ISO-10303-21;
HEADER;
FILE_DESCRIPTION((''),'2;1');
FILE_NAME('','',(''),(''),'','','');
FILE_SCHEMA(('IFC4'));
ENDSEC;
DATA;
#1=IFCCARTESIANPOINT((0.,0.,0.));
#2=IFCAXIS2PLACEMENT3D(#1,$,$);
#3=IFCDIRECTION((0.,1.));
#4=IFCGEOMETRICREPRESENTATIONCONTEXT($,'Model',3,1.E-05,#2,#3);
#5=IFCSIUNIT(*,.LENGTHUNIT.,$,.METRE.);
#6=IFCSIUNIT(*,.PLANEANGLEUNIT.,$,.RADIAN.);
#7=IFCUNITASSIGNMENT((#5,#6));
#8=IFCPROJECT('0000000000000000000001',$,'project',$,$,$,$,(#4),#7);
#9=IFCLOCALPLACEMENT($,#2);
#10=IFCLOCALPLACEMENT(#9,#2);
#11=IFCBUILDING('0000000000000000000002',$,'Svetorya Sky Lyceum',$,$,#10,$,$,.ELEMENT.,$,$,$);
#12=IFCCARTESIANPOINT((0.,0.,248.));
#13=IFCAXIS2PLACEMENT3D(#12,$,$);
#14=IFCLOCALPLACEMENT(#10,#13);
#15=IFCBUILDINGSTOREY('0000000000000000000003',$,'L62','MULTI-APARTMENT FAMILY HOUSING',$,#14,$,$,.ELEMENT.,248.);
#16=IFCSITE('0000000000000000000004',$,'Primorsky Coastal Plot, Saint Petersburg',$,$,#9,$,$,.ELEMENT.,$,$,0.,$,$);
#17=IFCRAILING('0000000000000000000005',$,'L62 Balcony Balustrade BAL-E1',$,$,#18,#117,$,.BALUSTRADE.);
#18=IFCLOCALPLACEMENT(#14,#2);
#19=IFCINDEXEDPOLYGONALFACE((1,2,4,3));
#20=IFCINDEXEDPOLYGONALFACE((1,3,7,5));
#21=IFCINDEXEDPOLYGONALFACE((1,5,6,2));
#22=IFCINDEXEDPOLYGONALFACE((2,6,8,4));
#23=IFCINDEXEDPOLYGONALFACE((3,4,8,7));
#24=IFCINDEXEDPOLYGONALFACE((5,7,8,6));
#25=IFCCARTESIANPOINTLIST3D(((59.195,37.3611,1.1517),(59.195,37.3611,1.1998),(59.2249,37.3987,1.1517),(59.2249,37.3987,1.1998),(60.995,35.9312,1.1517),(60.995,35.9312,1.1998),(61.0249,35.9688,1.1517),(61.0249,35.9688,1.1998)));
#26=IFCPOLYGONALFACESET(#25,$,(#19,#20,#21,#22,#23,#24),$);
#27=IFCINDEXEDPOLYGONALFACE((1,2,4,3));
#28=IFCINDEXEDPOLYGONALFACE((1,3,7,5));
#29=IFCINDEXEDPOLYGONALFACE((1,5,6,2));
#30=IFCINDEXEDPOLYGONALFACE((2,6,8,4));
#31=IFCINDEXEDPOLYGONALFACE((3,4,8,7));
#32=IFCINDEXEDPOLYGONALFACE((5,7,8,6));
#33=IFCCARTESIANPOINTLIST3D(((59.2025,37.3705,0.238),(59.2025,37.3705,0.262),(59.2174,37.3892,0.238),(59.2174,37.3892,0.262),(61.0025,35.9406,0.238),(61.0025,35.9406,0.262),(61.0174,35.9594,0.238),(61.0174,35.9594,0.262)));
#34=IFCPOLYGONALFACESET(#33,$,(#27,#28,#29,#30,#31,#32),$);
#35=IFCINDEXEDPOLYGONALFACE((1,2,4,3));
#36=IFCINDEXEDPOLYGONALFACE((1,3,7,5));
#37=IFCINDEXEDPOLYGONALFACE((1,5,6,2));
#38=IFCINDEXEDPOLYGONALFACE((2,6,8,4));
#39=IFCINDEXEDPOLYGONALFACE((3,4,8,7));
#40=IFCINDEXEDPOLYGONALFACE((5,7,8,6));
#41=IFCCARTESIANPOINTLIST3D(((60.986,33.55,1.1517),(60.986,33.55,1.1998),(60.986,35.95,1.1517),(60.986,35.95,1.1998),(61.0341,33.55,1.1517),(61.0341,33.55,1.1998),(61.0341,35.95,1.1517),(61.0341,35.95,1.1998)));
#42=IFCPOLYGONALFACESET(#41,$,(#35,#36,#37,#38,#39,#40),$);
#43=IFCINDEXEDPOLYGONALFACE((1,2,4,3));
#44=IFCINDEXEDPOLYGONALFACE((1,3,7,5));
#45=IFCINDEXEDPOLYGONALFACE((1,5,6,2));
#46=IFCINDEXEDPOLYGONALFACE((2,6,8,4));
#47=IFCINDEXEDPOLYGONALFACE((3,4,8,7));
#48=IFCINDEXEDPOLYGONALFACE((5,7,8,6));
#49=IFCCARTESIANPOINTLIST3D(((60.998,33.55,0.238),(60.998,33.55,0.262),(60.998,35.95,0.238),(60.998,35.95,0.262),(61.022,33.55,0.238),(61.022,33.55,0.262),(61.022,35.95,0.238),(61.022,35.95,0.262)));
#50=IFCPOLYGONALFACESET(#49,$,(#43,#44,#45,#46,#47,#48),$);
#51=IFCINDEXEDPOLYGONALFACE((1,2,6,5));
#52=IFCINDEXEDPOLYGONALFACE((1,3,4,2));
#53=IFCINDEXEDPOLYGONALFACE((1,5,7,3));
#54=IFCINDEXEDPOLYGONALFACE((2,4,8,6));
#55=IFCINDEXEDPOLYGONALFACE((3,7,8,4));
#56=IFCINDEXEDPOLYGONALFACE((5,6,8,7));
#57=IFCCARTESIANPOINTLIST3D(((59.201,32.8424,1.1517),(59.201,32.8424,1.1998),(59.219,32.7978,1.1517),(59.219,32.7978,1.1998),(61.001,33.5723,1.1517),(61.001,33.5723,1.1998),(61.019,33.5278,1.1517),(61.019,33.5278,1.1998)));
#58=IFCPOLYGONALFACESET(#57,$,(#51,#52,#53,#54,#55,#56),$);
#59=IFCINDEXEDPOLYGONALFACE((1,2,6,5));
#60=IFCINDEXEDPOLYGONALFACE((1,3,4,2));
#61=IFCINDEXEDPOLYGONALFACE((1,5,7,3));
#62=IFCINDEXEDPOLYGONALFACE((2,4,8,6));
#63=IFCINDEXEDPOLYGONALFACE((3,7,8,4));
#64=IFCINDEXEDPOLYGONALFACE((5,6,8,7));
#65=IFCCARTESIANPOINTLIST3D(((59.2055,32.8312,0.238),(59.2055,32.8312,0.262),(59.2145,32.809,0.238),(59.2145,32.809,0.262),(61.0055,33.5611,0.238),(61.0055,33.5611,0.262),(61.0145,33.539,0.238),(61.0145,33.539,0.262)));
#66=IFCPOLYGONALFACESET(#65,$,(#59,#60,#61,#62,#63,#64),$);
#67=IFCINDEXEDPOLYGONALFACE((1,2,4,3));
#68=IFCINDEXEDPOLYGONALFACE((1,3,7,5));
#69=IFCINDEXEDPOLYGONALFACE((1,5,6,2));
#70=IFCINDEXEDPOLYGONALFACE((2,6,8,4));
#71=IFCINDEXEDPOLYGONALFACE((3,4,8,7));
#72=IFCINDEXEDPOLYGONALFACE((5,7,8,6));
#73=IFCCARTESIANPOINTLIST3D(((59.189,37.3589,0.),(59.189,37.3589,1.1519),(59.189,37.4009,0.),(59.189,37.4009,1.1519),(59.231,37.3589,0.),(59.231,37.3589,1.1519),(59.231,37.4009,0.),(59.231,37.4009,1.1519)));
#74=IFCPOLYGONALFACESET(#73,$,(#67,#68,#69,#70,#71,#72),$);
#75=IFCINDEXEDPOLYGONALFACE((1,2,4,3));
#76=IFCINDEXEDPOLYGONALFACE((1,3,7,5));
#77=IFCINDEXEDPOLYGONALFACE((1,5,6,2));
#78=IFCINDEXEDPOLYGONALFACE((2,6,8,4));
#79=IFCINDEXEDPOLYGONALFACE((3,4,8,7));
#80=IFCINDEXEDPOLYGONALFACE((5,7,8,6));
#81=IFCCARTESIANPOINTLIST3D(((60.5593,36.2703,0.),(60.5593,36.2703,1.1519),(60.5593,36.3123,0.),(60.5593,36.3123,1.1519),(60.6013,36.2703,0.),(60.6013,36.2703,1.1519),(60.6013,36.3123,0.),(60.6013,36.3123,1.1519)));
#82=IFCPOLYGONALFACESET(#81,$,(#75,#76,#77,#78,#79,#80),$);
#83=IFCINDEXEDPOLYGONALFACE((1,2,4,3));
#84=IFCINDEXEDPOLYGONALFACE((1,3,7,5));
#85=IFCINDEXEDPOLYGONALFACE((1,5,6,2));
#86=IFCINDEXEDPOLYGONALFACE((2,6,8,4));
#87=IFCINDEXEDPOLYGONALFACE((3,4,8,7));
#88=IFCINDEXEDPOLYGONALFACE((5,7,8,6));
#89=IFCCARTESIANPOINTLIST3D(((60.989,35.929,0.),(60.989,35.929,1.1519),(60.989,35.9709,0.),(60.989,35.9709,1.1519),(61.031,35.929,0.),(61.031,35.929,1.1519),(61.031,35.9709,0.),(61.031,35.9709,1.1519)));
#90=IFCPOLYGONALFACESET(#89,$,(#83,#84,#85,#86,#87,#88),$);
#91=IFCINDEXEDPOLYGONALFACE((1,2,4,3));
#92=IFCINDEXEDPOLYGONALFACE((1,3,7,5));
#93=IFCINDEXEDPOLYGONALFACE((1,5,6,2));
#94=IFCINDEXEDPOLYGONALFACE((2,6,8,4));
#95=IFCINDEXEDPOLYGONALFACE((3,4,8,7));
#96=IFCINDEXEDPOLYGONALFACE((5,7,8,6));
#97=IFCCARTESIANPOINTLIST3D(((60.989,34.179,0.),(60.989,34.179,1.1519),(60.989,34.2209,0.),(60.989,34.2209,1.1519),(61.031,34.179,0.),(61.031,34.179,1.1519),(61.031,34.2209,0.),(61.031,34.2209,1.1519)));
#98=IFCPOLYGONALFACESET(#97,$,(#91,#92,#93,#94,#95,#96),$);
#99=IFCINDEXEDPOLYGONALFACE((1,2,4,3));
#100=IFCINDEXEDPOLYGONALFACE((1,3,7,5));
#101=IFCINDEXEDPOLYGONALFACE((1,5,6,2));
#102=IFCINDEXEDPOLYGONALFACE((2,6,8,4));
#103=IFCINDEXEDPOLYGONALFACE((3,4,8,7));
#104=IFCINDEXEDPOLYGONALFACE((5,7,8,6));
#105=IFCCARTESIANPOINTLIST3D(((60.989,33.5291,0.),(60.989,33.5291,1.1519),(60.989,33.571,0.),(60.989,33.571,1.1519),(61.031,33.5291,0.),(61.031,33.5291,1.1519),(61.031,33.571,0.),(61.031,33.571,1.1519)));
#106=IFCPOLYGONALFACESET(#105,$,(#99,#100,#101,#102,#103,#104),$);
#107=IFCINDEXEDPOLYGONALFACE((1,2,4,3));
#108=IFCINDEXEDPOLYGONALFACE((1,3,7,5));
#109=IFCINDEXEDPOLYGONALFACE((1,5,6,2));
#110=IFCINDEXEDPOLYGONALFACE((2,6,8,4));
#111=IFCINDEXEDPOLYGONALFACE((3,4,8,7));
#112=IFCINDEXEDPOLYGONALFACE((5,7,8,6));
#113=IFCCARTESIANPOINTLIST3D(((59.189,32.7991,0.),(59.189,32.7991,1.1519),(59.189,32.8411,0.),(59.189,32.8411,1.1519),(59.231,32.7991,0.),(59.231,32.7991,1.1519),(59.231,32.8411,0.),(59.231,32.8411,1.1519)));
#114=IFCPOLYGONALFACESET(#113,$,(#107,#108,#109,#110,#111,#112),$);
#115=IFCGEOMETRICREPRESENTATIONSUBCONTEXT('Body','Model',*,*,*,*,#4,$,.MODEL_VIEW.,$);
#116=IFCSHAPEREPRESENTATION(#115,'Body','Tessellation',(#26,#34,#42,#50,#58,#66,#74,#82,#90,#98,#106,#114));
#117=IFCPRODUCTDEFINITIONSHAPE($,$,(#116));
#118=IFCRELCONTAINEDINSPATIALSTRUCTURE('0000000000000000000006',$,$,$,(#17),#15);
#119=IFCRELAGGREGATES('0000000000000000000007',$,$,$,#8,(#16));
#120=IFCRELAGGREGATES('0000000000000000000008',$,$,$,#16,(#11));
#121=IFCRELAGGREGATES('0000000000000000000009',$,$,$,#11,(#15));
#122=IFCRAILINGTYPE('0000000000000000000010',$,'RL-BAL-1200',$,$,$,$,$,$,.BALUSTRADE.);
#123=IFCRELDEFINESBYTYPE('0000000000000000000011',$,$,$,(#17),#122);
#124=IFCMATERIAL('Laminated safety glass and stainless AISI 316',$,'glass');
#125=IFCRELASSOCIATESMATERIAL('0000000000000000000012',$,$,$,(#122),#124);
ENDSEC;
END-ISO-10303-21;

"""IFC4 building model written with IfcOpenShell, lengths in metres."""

from ifc_helpers import new_model, si_unit, direction, frame, origin, origin_2d, place, context, subcontext, project, spatial, rectangle, extrude, material, type_object, element, save


model = new_model("IFC4")

# Units and contexts
model_context = context("Model", 3, precision=1e-05, world=origin(), true_north=direction((0.0, 1.0)))
body_context = subcontext(model_context, "Body", "Model", "MODEL_VIEW")
ifc_project = project(units=[si_unit("LENGTHUNIT", "METRE"), si_unit("PLANEANGLEUNIT", "RADIAN")], contexts=[model_context])

# Site, building, storey
site_placement = place(None, origin())
site = spatial("IfcSite", under=ifc_project, at=site_placement, Name="Primorsky Coastal Plot, Saint Petersburg", CompositionType="ELEMENT", RefElevation=0.0)
building_placement = place(site_placement, origin())
building = spatial("IfcBuilding", under=site, at=building_placement, Name="Svetorya Sky Lyceum", CompositionType="ELEMENT")
storey_placement = place(building_placement, frame((0.0, 0.0, 248.0)))
storey = spatial("IfcBuildingStorey", under=building, at=storey_placement, Name="L62", Description="MULTI-APARTMENT FAMILY HOUSING", CompositionType="ELEMENT", Elevation=248.0)

# Railing
ifc_material_1 = material(Name="Laminated safety glass and stainless AISI 316", Category="glass")
railing_type = type_object("IfcRailingType", Name="RL-BAL-1200", PredefinedType="BALUSTRADE", material=ifc_material_1)
railing_placement = place(storey_placement, frame((59.21, 37.3799, 0.0)))
element("IfcRailing", 1, at=railing_placement, inside=storey, type_object=railing_type, Name="L62 Balcony Balustrade BAL-E1", PredefinedType="BALUSTRADE", context=body_context, shape_type="SweptSolid", body=[
    extrude(rectangle(XDim=0.0481, YDim=0.0481, at=origin_2d()), frame((0.0, 0.0, 1.1758), z_axis=(0.783009, -0.62201, 0.0), x_axis=(0.62201, 0.783009, 0.0)), (0.0, 0.0, 1.0), 2.2988),
    extrude(rectangle(XDim=0.0239, YDim=0.0239, at=origin_2d()), frame((0.0, 0.0, 0.25), z_axis=(0.783009, -0.62201, 0.0), x_axis=(0.62201, 0.783009, 0.0)), (0.0, 0.0, 1.0), 2.2988),
    extrude(rectangle(XDim=0.0481, YDim=0.0481, at=origin_2d()), frame((1.8, -1.4299, 1.1758), z_axis=(0.0, -1.0, 0.0), x_axis=(1.0, 0.0, 0.0)), (0.0, 0.0, 1.0), 2.3999),
    extrude(rectangle(XDim=0.0239, YDim=0.0239, at=origin_2d()), frame((1.8, -1.4299, 0.25), z_axis=(0.0, -1.0, 0.0), x_axis=(1.0, 0.0, 0.0)), (0.0, 0.0, 1.0), 2.3999),
    extrude(rectangle(XDim=0.0481, YDim=0.0481, at=origin_2d()), frame((1.8, -3.8298, 1.1758), z_axis=(-0.926698, -0.375807, 0.0), x_axis=(0.375807, -0.926698, 0.0)), (0.0, 0.0, 1.0), 1.9424),
    extrude(rectangle(XDim=0.0239, YDim=0.0239, at=origin_2d()), frame((1.8, -3.8298, 0.25), z_axis=(-0.926698, -0.375807, 0.0), x_axis=(0.375807, -0.926698, 0.0)), (0.0, 0.0, 1.0), 1.9424),
    extrude(rectangle(XDim=0.042, YDim=0.042, at=origin_2d()), origin(), (0.0, 0.0, 1.0), 1.1519),
    extrude(rectangle(XDim=0.042, YDim=0.042, at=origin_2d()), frame((1.3704, -1.0886, 0.0)), (0.0, 0.0, 1.0), 1.1519),
    extrude(rectangle(XDim=0.042, YDim=0.042, at=origin_2d()), frame((1.8, -1.4299, 0.0)), (0.0, 0.0, 1.0), 1.1519),
    extrude(rectangle(XDim=0.042, YDim=0.042, at=origin_2d()), frame((1.8, -3.1799, 0.0)), (0.0, 0.0, 1.0), 1.1519),
    extrude(rectangle(XDim=0.042, YDim=0.042, at=origin_2d()), frame((1.8, -3.8298, 0.0)), (0.0, 0.0, 1.0), 1.1519),
    extrude(rectangle(XDim=0.042, YDim=0.042, at=origin_2d()), frame((0.0, -4.5598, 0.0)), (0.0, 0.0, 1.0), 1.1519),
])

save(model, "model.ifc")
